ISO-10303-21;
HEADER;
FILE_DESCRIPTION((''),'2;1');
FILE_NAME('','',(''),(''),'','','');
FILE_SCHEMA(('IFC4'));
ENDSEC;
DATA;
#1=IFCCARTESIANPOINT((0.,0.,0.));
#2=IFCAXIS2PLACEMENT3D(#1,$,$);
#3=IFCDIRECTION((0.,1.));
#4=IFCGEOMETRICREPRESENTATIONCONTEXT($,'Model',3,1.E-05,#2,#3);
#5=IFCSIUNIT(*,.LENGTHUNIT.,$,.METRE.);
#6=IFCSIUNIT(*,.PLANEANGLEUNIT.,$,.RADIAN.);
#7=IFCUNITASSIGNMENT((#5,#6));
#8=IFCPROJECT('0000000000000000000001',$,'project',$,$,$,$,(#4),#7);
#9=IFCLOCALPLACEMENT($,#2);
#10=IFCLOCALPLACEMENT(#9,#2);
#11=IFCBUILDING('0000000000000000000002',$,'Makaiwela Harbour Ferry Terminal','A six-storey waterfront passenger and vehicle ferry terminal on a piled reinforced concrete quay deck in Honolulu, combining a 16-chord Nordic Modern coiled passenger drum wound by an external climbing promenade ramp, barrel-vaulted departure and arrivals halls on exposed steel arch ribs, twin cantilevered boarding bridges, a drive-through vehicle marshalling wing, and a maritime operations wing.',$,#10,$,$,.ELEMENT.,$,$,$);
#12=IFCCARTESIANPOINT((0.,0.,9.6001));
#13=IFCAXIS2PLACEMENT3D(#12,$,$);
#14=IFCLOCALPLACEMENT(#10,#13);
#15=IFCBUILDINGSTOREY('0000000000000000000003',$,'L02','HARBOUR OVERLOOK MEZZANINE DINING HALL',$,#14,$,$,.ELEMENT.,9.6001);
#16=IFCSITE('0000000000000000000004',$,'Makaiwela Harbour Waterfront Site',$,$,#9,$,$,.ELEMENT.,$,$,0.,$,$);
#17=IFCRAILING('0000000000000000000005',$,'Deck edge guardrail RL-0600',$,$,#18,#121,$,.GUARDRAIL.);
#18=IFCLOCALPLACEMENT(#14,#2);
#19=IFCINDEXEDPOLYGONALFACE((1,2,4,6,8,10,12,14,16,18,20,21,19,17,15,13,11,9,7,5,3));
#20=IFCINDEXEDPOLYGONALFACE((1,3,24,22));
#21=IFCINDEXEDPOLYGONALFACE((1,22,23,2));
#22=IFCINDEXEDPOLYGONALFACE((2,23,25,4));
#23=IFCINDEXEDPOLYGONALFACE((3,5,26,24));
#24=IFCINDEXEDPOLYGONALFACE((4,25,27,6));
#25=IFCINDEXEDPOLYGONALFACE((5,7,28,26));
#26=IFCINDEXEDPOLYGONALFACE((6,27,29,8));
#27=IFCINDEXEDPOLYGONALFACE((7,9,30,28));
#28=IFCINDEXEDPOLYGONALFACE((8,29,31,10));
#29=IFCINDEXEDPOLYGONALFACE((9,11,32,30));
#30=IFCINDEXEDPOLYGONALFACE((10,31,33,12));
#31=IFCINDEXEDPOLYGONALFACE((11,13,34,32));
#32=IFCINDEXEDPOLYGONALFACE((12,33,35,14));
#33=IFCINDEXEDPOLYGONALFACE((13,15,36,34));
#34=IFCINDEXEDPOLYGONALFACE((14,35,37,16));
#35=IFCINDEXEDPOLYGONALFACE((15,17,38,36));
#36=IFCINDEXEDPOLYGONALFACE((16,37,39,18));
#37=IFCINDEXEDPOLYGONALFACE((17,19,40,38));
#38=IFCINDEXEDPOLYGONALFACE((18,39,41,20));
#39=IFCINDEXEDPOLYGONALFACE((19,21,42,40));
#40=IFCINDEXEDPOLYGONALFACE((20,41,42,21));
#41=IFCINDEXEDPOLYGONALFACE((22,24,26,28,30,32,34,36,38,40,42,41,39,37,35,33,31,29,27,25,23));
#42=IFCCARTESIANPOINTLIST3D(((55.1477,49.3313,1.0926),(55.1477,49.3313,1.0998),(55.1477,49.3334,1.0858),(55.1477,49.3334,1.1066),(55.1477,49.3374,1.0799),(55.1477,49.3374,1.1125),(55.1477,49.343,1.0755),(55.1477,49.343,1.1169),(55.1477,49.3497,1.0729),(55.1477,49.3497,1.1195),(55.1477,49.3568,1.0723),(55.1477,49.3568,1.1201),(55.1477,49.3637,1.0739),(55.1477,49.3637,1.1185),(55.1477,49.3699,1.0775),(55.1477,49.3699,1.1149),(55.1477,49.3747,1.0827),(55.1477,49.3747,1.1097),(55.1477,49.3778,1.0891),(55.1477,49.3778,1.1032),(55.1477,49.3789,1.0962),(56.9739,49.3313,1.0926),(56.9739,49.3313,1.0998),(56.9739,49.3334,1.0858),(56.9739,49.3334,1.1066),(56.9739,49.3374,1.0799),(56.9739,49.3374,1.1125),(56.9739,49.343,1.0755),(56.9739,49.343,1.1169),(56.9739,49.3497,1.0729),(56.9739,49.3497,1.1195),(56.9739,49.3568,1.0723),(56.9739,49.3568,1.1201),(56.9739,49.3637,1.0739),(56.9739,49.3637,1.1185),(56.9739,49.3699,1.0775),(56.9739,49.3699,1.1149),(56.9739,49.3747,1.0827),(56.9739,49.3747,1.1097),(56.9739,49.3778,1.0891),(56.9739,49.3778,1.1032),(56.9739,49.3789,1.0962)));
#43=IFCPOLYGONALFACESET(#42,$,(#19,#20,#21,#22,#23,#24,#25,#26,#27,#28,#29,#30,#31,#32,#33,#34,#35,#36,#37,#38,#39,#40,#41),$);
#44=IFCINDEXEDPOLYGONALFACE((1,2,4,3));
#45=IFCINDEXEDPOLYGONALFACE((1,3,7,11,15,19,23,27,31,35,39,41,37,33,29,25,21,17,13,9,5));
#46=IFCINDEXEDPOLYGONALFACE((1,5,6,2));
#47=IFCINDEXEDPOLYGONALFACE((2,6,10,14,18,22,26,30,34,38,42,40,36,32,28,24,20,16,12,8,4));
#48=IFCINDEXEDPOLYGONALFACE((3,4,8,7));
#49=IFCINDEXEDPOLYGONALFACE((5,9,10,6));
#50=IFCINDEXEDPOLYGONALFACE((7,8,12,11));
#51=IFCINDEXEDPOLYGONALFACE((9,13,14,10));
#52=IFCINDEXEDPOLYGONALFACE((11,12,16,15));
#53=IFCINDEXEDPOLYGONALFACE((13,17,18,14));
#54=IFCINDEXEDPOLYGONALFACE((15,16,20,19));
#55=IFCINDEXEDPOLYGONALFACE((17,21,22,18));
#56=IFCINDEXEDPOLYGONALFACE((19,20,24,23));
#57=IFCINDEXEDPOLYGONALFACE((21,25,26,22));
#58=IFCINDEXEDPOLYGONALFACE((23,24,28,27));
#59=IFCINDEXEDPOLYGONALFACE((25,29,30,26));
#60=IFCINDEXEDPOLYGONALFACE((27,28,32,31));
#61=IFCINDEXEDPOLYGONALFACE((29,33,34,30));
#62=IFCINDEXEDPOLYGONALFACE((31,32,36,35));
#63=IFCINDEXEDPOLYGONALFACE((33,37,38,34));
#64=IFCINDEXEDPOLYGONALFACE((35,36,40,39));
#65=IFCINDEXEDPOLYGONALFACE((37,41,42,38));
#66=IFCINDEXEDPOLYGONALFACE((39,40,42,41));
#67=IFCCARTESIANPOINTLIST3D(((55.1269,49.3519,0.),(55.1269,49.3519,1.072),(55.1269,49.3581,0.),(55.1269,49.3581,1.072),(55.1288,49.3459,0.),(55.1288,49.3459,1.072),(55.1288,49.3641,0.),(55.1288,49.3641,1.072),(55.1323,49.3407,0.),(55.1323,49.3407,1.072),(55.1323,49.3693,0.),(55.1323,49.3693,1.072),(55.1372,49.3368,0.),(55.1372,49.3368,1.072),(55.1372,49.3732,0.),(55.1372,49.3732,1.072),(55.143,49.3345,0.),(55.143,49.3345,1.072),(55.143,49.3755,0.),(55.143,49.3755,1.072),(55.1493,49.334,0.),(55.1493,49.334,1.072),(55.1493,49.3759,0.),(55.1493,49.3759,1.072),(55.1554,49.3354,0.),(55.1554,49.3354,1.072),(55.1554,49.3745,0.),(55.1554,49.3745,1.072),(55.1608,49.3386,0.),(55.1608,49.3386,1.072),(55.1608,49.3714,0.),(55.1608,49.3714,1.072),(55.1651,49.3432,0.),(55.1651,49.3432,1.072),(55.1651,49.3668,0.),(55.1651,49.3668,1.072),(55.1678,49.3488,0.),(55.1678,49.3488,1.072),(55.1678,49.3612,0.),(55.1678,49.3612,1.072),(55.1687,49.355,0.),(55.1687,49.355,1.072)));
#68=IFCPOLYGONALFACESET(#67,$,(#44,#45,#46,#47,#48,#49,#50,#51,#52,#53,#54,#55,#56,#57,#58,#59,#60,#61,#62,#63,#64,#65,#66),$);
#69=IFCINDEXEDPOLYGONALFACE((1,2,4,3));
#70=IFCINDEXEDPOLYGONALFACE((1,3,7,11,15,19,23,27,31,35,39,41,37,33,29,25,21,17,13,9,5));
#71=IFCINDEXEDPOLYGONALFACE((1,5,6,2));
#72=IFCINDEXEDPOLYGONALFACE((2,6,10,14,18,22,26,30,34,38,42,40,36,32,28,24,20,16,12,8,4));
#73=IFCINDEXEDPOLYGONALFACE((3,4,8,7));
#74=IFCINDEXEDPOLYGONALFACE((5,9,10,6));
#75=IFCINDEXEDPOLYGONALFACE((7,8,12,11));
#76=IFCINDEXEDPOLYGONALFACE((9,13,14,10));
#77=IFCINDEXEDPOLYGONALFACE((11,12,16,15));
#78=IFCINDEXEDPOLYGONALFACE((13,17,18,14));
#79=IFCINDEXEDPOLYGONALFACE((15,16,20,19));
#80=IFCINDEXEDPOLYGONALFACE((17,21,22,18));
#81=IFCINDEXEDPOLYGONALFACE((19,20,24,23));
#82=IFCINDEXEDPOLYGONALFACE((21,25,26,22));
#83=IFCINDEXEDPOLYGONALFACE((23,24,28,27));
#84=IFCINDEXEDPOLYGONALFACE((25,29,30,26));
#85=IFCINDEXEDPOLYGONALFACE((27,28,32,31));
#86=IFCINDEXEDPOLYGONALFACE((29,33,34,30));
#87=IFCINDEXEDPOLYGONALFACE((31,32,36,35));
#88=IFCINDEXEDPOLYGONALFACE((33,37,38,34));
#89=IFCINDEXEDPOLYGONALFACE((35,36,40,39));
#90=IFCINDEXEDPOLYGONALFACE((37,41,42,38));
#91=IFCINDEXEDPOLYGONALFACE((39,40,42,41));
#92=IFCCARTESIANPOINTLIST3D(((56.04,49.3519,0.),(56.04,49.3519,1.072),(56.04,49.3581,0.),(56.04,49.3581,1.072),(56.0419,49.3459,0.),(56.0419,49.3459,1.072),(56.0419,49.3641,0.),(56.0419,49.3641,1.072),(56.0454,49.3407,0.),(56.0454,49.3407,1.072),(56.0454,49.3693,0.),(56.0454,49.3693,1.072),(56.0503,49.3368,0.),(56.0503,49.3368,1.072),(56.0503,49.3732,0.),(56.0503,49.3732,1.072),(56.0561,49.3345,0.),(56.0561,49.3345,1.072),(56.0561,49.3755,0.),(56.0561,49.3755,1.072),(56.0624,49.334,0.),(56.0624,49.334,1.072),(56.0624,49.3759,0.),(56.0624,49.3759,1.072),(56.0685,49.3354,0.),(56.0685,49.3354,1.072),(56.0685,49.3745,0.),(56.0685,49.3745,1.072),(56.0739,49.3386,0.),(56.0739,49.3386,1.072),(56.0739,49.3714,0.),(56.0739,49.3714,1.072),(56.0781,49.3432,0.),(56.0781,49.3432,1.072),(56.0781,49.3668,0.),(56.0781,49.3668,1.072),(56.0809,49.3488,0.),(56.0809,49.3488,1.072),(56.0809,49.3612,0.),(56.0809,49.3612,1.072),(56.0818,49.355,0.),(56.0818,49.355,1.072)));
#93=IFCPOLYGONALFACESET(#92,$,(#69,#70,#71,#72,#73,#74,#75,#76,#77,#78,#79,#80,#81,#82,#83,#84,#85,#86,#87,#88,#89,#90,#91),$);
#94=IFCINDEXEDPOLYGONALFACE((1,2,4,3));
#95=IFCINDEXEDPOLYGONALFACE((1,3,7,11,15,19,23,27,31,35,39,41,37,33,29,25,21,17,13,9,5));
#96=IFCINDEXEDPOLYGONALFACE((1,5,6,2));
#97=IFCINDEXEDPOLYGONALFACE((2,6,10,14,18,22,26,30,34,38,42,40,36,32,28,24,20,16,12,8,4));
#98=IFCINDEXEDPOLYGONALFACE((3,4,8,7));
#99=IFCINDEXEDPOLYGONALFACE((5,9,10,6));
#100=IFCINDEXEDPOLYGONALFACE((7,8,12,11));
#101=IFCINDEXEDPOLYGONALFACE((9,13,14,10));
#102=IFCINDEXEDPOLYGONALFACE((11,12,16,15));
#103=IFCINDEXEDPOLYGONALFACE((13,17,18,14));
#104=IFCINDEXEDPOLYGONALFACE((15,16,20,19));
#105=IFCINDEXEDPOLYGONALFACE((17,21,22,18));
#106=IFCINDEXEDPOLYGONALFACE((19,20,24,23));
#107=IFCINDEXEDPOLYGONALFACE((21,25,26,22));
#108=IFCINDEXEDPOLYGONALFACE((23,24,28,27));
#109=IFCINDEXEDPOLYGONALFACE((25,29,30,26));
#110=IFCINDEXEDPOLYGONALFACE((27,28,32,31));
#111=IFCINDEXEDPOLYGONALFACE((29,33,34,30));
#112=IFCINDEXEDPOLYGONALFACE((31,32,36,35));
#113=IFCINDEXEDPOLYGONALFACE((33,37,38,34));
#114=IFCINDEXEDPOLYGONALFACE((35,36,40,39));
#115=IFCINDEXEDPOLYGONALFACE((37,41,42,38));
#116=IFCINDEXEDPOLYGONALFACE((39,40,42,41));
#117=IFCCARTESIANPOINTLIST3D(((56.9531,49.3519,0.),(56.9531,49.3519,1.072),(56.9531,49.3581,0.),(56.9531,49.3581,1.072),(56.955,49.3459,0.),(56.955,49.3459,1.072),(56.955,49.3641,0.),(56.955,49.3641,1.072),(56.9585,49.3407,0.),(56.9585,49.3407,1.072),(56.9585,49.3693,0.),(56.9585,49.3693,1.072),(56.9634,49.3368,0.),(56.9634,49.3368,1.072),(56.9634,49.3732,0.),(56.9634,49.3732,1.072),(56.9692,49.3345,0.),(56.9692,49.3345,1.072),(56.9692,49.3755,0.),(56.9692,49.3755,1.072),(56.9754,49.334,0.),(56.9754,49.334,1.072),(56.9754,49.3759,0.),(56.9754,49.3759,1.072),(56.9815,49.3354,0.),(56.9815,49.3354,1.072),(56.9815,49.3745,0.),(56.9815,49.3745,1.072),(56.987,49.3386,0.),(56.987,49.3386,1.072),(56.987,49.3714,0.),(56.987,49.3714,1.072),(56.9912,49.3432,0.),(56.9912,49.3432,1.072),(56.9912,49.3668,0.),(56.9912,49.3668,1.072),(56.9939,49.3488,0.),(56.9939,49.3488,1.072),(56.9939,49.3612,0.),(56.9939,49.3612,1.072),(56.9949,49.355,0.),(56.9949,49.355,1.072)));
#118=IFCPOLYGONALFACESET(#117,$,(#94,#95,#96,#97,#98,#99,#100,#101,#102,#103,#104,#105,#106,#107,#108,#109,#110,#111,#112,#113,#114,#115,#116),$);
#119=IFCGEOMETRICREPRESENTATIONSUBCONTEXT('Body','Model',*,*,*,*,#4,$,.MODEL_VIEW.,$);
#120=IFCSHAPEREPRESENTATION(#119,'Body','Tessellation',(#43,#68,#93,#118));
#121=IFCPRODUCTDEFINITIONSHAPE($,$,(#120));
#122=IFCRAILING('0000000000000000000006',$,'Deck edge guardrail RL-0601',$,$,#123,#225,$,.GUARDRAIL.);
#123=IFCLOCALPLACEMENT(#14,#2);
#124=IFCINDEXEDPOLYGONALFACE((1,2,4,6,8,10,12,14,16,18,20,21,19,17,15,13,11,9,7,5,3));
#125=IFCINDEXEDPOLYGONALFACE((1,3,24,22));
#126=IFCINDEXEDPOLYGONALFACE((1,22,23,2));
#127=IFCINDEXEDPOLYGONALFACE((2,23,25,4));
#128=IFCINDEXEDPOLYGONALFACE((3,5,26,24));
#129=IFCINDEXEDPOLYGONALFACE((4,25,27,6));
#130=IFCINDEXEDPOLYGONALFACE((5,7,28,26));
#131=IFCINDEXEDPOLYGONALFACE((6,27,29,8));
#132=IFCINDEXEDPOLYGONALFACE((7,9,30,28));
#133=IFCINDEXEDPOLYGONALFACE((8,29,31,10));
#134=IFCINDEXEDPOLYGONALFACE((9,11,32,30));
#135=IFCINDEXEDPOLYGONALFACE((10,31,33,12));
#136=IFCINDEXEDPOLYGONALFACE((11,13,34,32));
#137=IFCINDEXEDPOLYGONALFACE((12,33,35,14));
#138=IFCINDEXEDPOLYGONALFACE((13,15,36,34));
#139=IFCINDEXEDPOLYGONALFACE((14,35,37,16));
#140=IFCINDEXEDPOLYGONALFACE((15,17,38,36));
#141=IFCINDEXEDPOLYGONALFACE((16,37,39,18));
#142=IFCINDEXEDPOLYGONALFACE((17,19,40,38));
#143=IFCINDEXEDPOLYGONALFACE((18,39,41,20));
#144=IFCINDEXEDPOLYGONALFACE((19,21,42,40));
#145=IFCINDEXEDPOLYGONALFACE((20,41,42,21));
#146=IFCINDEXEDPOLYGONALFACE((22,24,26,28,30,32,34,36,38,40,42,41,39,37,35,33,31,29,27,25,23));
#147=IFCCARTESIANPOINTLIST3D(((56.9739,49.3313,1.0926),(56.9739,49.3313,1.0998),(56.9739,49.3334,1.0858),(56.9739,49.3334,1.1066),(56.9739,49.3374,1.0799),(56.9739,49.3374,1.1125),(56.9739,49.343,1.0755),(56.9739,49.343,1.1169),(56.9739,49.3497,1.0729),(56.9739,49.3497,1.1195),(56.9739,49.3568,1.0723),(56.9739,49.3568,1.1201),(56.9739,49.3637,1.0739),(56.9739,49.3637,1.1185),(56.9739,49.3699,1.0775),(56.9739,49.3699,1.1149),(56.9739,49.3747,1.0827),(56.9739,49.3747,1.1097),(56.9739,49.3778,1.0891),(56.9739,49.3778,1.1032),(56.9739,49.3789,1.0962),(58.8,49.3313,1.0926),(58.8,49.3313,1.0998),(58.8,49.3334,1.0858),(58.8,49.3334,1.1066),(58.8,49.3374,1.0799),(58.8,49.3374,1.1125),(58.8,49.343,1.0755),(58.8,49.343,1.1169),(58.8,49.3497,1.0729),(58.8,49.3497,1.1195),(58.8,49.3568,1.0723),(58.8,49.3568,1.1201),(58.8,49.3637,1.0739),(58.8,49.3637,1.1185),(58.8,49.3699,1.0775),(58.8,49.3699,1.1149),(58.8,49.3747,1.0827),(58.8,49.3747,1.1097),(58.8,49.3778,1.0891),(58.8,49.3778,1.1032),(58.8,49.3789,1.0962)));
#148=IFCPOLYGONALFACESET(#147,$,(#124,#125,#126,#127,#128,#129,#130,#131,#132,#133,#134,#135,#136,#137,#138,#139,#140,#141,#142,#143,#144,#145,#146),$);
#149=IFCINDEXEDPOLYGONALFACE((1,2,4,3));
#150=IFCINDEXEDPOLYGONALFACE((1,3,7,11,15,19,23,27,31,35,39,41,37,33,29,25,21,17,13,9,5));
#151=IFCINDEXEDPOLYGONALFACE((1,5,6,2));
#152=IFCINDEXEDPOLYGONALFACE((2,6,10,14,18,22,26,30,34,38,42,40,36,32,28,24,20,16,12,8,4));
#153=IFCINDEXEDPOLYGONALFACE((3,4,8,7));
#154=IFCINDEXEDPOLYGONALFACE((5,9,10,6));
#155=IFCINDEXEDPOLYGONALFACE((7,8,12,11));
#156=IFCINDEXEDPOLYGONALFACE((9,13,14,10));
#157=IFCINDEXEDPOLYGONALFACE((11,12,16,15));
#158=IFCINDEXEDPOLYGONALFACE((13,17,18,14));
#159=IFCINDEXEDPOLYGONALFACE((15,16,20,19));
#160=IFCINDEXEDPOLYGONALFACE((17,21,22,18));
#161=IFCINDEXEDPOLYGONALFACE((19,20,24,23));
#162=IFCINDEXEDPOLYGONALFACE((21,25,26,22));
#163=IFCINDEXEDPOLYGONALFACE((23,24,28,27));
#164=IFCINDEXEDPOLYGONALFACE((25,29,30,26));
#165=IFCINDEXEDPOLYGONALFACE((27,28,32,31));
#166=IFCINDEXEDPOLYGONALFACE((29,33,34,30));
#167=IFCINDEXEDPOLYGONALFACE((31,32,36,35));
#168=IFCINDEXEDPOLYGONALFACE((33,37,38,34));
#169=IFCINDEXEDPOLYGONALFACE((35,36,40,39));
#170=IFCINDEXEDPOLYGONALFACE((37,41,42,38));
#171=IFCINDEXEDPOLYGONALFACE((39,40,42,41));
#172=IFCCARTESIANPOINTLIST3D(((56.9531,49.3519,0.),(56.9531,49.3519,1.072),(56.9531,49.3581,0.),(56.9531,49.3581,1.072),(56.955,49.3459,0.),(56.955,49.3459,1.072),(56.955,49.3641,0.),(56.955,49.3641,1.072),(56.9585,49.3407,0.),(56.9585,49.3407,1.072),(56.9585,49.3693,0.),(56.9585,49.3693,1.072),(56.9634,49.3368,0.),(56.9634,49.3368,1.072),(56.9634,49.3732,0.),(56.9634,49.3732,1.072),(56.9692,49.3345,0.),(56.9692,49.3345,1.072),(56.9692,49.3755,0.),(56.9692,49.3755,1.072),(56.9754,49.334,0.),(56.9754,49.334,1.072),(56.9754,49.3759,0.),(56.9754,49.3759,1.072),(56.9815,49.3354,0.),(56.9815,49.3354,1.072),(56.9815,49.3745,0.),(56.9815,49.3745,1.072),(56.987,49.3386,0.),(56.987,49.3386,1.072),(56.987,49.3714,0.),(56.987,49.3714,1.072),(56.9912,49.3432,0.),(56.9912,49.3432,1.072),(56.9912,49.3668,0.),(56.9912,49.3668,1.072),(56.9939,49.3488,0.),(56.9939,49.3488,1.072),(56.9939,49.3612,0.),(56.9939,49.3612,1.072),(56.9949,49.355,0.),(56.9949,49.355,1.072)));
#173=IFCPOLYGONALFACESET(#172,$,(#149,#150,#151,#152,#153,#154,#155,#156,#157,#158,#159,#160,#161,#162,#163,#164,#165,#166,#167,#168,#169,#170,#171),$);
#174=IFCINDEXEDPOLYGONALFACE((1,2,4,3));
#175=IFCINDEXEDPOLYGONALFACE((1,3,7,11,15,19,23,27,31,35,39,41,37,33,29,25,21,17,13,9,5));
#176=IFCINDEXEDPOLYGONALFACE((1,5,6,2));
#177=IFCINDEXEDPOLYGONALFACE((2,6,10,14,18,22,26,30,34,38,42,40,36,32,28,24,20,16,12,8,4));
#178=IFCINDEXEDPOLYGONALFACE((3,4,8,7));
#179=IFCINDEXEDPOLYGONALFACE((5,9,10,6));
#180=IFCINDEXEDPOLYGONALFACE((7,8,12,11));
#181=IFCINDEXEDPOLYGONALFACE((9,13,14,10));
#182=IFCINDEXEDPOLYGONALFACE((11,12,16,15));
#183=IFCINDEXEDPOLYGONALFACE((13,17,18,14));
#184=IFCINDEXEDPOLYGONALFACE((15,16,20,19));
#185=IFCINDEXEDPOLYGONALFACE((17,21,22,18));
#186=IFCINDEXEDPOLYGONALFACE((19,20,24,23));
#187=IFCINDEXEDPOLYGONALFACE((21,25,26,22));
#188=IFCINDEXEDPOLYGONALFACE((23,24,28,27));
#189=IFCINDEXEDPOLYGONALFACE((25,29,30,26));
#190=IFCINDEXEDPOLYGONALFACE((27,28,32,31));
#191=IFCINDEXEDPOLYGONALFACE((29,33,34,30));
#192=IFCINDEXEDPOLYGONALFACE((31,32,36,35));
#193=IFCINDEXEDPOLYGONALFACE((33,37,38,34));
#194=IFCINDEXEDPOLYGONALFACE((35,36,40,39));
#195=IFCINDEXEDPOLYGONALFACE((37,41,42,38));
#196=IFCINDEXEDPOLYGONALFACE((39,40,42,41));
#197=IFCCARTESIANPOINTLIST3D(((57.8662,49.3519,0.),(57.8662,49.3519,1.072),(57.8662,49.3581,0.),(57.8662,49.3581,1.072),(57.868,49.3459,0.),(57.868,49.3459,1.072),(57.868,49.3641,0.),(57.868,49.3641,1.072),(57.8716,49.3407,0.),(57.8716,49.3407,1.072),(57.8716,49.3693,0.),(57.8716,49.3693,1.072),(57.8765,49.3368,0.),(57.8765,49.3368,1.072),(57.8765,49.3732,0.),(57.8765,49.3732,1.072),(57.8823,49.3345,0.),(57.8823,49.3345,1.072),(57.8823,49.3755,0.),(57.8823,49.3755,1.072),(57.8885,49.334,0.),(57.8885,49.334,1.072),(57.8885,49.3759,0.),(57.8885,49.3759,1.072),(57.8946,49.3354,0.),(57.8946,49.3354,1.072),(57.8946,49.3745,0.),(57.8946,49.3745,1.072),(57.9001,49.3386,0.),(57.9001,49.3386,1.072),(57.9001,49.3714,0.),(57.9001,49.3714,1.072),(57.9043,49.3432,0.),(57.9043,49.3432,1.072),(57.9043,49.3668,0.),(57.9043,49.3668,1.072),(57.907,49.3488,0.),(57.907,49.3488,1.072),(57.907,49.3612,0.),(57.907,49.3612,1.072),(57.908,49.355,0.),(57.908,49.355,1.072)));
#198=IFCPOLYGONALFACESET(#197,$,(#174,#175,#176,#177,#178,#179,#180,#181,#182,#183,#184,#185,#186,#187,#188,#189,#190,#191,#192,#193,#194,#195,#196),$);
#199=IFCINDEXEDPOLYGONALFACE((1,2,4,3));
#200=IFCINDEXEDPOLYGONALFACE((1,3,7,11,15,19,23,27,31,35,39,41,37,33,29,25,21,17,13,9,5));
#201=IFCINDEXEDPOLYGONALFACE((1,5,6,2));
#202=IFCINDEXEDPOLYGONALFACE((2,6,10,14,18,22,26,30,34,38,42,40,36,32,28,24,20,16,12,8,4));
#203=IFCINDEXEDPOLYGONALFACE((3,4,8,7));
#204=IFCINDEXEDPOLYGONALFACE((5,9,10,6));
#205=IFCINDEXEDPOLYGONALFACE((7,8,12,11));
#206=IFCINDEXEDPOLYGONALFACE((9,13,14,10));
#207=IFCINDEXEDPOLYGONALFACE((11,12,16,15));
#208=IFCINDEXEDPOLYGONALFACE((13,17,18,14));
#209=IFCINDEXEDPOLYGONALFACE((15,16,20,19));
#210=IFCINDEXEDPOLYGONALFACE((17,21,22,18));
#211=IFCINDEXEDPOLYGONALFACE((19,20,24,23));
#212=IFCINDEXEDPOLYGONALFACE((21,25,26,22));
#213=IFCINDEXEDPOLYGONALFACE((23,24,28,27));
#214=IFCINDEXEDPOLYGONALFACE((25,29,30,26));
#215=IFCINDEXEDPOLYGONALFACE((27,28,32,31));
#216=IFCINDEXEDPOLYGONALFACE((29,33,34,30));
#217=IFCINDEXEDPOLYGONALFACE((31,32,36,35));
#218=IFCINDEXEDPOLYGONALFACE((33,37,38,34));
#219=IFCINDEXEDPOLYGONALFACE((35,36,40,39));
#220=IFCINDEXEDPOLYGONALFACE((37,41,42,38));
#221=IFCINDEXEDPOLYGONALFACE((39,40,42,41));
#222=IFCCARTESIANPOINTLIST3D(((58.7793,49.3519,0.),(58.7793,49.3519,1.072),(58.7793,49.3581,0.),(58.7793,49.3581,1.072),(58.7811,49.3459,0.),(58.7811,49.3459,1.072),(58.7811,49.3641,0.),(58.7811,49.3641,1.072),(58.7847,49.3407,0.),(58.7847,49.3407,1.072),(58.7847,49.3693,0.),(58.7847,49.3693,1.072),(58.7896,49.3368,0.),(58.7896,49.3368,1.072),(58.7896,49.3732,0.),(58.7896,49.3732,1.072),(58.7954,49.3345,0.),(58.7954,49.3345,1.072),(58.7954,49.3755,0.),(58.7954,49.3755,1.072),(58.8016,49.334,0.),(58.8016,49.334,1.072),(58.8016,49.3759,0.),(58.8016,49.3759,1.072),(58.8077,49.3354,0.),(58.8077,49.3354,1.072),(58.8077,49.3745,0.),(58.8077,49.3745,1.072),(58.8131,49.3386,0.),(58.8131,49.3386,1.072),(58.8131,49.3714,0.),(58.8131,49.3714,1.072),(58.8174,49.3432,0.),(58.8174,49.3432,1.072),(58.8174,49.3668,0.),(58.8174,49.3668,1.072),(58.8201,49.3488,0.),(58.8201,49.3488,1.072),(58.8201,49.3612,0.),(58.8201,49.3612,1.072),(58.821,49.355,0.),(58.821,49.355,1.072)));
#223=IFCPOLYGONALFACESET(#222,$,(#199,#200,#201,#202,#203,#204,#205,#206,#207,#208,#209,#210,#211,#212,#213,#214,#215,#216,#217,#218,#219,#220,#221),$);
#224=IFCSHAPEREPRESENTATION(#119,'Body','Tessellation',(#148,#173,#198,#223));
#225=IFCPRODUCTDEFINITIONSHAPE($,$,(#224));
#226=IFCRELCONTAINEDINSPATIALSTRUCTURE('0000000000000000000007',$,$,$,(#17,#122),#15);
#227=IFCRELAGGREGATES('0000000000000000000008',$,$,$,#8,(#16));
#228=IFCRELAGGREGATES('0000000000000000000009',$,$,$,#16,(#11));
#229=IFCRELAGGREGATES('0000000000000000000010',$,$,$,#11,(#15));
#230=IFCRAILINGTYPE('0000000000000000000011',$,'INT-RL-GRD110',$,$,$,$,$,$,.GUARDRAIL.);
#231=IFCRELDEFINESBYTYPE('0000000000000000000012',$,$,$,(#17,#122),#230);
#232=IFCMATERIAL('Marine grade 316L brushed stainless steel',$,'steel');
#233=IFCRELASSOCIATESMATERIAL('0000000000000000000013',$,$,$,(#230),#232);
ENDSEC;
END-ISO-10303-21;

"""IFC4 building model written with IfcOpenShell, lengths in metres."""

from ifc_helpers import new_model, si_unit, direction, frame, origin, origin_2d, place, context, subcontext, project, spatial, circle, extrude, material, type_object, element, save


model = new_model("IFC4")

# Units and contexts
model_context = context("Model", 3, precision=1e-05, world=origin(), true_north=direction((0.0, 1.0)))
body_context = subcontext(model_context, "Body", "Model", "MODEL_VIEW")
ifc_project = project(units=[si_unit("LENGTHUNIT", "METRE"), si_unit("PLANEANGLEUNIT", "RADIAN")], contexts=[model_context])

# Site, building, storey
site_placement = place(None, origin())
site = spatial("IfcSite", under=ifc_project, at=site_placement, Name="Makaiwela Harbour Waterfront Site", CompositionType="ELEMENT", RefElevation=0.0)
building_placement = place(site_placement, origin())
building = spatial("IfcBuilding", under=site, at=building_placement, Name="Makaiwela Harbour Ferry Terminal", Description="A six-storey waterfront passenger and vehicle ferry terminal on a piled reinforced concrete quay deck in Honolulu, combining a 16-chord Nordic Modern coiled passenger drum wound by an external climbing promenade ramp, barrel-vaulted departure and arrivals halls on exposed steel arch ribs, twin cantilevered boarding bridges, a drive-through vehicle marshalling wing, and a maritime operations wing.", CompositionType="ELEMENT")
storey_placement = place(building_placement, frame((0.0, 0.0, 9.6001)))
storey = spatial("IfcBuildingStorey", under=building, at=storey_placement, Name="L02", Description="HARBOUR OVERLOOK MEZZANINE DINING HALL", CompositionType="ELEMENT", Elevation=9.6001)

# Railings
ifc_material_1 = material(Name="Marine grade 316L brushed stainless steel", Category="steel")
railing_type = type_object("IfcRailingType", Name="INT-RL-GRD110", PredefinedType="GUARDRAIL", material=ifc_material_1)
for number, where, name in (
    (1, (55.1477, 49.355, 0.0), "Deck edge guardrail RL-0600"),
    (2, (56.9739, 49.355, 0.0), "Deck edge guardrail RL-0601"),
):
    element("IfcRailing", number, at=place(storey_placement, frame(where)), inside=storey, type_object=railing_type, Name=name, PredefinedType="GUARDRAIL", context=body_context, shape_type="SweptSolid", body=[
        extrude(circle(Radius=0.0239, at=origin_2d()), frame((0.0, 0.0, 1.0962), z_axis=(1.0, 0.0, 0.0), x_axis=(0.0, 1.0, 0.0)), (0.0, 0.0, 1.0), 1.8262),
        extrude(circle(Radius=0.021, at=origin_2d()), origin(), (0.0, 0.0, 1.0), 1.072),
        extrude(circle(Radius=0.021, at=origin_2d()), frame((0.9131, 0.0, 0.0)), (0.0, 0.0, 1.0), 1.072),
        extrude(circle(Radius=0.021, at=origin_2d()), frame((1.8262, 0.0, 0.0)), (0.0, 0.0, 1.0), 1.072),
    ])

save(model, "model.ifc")
